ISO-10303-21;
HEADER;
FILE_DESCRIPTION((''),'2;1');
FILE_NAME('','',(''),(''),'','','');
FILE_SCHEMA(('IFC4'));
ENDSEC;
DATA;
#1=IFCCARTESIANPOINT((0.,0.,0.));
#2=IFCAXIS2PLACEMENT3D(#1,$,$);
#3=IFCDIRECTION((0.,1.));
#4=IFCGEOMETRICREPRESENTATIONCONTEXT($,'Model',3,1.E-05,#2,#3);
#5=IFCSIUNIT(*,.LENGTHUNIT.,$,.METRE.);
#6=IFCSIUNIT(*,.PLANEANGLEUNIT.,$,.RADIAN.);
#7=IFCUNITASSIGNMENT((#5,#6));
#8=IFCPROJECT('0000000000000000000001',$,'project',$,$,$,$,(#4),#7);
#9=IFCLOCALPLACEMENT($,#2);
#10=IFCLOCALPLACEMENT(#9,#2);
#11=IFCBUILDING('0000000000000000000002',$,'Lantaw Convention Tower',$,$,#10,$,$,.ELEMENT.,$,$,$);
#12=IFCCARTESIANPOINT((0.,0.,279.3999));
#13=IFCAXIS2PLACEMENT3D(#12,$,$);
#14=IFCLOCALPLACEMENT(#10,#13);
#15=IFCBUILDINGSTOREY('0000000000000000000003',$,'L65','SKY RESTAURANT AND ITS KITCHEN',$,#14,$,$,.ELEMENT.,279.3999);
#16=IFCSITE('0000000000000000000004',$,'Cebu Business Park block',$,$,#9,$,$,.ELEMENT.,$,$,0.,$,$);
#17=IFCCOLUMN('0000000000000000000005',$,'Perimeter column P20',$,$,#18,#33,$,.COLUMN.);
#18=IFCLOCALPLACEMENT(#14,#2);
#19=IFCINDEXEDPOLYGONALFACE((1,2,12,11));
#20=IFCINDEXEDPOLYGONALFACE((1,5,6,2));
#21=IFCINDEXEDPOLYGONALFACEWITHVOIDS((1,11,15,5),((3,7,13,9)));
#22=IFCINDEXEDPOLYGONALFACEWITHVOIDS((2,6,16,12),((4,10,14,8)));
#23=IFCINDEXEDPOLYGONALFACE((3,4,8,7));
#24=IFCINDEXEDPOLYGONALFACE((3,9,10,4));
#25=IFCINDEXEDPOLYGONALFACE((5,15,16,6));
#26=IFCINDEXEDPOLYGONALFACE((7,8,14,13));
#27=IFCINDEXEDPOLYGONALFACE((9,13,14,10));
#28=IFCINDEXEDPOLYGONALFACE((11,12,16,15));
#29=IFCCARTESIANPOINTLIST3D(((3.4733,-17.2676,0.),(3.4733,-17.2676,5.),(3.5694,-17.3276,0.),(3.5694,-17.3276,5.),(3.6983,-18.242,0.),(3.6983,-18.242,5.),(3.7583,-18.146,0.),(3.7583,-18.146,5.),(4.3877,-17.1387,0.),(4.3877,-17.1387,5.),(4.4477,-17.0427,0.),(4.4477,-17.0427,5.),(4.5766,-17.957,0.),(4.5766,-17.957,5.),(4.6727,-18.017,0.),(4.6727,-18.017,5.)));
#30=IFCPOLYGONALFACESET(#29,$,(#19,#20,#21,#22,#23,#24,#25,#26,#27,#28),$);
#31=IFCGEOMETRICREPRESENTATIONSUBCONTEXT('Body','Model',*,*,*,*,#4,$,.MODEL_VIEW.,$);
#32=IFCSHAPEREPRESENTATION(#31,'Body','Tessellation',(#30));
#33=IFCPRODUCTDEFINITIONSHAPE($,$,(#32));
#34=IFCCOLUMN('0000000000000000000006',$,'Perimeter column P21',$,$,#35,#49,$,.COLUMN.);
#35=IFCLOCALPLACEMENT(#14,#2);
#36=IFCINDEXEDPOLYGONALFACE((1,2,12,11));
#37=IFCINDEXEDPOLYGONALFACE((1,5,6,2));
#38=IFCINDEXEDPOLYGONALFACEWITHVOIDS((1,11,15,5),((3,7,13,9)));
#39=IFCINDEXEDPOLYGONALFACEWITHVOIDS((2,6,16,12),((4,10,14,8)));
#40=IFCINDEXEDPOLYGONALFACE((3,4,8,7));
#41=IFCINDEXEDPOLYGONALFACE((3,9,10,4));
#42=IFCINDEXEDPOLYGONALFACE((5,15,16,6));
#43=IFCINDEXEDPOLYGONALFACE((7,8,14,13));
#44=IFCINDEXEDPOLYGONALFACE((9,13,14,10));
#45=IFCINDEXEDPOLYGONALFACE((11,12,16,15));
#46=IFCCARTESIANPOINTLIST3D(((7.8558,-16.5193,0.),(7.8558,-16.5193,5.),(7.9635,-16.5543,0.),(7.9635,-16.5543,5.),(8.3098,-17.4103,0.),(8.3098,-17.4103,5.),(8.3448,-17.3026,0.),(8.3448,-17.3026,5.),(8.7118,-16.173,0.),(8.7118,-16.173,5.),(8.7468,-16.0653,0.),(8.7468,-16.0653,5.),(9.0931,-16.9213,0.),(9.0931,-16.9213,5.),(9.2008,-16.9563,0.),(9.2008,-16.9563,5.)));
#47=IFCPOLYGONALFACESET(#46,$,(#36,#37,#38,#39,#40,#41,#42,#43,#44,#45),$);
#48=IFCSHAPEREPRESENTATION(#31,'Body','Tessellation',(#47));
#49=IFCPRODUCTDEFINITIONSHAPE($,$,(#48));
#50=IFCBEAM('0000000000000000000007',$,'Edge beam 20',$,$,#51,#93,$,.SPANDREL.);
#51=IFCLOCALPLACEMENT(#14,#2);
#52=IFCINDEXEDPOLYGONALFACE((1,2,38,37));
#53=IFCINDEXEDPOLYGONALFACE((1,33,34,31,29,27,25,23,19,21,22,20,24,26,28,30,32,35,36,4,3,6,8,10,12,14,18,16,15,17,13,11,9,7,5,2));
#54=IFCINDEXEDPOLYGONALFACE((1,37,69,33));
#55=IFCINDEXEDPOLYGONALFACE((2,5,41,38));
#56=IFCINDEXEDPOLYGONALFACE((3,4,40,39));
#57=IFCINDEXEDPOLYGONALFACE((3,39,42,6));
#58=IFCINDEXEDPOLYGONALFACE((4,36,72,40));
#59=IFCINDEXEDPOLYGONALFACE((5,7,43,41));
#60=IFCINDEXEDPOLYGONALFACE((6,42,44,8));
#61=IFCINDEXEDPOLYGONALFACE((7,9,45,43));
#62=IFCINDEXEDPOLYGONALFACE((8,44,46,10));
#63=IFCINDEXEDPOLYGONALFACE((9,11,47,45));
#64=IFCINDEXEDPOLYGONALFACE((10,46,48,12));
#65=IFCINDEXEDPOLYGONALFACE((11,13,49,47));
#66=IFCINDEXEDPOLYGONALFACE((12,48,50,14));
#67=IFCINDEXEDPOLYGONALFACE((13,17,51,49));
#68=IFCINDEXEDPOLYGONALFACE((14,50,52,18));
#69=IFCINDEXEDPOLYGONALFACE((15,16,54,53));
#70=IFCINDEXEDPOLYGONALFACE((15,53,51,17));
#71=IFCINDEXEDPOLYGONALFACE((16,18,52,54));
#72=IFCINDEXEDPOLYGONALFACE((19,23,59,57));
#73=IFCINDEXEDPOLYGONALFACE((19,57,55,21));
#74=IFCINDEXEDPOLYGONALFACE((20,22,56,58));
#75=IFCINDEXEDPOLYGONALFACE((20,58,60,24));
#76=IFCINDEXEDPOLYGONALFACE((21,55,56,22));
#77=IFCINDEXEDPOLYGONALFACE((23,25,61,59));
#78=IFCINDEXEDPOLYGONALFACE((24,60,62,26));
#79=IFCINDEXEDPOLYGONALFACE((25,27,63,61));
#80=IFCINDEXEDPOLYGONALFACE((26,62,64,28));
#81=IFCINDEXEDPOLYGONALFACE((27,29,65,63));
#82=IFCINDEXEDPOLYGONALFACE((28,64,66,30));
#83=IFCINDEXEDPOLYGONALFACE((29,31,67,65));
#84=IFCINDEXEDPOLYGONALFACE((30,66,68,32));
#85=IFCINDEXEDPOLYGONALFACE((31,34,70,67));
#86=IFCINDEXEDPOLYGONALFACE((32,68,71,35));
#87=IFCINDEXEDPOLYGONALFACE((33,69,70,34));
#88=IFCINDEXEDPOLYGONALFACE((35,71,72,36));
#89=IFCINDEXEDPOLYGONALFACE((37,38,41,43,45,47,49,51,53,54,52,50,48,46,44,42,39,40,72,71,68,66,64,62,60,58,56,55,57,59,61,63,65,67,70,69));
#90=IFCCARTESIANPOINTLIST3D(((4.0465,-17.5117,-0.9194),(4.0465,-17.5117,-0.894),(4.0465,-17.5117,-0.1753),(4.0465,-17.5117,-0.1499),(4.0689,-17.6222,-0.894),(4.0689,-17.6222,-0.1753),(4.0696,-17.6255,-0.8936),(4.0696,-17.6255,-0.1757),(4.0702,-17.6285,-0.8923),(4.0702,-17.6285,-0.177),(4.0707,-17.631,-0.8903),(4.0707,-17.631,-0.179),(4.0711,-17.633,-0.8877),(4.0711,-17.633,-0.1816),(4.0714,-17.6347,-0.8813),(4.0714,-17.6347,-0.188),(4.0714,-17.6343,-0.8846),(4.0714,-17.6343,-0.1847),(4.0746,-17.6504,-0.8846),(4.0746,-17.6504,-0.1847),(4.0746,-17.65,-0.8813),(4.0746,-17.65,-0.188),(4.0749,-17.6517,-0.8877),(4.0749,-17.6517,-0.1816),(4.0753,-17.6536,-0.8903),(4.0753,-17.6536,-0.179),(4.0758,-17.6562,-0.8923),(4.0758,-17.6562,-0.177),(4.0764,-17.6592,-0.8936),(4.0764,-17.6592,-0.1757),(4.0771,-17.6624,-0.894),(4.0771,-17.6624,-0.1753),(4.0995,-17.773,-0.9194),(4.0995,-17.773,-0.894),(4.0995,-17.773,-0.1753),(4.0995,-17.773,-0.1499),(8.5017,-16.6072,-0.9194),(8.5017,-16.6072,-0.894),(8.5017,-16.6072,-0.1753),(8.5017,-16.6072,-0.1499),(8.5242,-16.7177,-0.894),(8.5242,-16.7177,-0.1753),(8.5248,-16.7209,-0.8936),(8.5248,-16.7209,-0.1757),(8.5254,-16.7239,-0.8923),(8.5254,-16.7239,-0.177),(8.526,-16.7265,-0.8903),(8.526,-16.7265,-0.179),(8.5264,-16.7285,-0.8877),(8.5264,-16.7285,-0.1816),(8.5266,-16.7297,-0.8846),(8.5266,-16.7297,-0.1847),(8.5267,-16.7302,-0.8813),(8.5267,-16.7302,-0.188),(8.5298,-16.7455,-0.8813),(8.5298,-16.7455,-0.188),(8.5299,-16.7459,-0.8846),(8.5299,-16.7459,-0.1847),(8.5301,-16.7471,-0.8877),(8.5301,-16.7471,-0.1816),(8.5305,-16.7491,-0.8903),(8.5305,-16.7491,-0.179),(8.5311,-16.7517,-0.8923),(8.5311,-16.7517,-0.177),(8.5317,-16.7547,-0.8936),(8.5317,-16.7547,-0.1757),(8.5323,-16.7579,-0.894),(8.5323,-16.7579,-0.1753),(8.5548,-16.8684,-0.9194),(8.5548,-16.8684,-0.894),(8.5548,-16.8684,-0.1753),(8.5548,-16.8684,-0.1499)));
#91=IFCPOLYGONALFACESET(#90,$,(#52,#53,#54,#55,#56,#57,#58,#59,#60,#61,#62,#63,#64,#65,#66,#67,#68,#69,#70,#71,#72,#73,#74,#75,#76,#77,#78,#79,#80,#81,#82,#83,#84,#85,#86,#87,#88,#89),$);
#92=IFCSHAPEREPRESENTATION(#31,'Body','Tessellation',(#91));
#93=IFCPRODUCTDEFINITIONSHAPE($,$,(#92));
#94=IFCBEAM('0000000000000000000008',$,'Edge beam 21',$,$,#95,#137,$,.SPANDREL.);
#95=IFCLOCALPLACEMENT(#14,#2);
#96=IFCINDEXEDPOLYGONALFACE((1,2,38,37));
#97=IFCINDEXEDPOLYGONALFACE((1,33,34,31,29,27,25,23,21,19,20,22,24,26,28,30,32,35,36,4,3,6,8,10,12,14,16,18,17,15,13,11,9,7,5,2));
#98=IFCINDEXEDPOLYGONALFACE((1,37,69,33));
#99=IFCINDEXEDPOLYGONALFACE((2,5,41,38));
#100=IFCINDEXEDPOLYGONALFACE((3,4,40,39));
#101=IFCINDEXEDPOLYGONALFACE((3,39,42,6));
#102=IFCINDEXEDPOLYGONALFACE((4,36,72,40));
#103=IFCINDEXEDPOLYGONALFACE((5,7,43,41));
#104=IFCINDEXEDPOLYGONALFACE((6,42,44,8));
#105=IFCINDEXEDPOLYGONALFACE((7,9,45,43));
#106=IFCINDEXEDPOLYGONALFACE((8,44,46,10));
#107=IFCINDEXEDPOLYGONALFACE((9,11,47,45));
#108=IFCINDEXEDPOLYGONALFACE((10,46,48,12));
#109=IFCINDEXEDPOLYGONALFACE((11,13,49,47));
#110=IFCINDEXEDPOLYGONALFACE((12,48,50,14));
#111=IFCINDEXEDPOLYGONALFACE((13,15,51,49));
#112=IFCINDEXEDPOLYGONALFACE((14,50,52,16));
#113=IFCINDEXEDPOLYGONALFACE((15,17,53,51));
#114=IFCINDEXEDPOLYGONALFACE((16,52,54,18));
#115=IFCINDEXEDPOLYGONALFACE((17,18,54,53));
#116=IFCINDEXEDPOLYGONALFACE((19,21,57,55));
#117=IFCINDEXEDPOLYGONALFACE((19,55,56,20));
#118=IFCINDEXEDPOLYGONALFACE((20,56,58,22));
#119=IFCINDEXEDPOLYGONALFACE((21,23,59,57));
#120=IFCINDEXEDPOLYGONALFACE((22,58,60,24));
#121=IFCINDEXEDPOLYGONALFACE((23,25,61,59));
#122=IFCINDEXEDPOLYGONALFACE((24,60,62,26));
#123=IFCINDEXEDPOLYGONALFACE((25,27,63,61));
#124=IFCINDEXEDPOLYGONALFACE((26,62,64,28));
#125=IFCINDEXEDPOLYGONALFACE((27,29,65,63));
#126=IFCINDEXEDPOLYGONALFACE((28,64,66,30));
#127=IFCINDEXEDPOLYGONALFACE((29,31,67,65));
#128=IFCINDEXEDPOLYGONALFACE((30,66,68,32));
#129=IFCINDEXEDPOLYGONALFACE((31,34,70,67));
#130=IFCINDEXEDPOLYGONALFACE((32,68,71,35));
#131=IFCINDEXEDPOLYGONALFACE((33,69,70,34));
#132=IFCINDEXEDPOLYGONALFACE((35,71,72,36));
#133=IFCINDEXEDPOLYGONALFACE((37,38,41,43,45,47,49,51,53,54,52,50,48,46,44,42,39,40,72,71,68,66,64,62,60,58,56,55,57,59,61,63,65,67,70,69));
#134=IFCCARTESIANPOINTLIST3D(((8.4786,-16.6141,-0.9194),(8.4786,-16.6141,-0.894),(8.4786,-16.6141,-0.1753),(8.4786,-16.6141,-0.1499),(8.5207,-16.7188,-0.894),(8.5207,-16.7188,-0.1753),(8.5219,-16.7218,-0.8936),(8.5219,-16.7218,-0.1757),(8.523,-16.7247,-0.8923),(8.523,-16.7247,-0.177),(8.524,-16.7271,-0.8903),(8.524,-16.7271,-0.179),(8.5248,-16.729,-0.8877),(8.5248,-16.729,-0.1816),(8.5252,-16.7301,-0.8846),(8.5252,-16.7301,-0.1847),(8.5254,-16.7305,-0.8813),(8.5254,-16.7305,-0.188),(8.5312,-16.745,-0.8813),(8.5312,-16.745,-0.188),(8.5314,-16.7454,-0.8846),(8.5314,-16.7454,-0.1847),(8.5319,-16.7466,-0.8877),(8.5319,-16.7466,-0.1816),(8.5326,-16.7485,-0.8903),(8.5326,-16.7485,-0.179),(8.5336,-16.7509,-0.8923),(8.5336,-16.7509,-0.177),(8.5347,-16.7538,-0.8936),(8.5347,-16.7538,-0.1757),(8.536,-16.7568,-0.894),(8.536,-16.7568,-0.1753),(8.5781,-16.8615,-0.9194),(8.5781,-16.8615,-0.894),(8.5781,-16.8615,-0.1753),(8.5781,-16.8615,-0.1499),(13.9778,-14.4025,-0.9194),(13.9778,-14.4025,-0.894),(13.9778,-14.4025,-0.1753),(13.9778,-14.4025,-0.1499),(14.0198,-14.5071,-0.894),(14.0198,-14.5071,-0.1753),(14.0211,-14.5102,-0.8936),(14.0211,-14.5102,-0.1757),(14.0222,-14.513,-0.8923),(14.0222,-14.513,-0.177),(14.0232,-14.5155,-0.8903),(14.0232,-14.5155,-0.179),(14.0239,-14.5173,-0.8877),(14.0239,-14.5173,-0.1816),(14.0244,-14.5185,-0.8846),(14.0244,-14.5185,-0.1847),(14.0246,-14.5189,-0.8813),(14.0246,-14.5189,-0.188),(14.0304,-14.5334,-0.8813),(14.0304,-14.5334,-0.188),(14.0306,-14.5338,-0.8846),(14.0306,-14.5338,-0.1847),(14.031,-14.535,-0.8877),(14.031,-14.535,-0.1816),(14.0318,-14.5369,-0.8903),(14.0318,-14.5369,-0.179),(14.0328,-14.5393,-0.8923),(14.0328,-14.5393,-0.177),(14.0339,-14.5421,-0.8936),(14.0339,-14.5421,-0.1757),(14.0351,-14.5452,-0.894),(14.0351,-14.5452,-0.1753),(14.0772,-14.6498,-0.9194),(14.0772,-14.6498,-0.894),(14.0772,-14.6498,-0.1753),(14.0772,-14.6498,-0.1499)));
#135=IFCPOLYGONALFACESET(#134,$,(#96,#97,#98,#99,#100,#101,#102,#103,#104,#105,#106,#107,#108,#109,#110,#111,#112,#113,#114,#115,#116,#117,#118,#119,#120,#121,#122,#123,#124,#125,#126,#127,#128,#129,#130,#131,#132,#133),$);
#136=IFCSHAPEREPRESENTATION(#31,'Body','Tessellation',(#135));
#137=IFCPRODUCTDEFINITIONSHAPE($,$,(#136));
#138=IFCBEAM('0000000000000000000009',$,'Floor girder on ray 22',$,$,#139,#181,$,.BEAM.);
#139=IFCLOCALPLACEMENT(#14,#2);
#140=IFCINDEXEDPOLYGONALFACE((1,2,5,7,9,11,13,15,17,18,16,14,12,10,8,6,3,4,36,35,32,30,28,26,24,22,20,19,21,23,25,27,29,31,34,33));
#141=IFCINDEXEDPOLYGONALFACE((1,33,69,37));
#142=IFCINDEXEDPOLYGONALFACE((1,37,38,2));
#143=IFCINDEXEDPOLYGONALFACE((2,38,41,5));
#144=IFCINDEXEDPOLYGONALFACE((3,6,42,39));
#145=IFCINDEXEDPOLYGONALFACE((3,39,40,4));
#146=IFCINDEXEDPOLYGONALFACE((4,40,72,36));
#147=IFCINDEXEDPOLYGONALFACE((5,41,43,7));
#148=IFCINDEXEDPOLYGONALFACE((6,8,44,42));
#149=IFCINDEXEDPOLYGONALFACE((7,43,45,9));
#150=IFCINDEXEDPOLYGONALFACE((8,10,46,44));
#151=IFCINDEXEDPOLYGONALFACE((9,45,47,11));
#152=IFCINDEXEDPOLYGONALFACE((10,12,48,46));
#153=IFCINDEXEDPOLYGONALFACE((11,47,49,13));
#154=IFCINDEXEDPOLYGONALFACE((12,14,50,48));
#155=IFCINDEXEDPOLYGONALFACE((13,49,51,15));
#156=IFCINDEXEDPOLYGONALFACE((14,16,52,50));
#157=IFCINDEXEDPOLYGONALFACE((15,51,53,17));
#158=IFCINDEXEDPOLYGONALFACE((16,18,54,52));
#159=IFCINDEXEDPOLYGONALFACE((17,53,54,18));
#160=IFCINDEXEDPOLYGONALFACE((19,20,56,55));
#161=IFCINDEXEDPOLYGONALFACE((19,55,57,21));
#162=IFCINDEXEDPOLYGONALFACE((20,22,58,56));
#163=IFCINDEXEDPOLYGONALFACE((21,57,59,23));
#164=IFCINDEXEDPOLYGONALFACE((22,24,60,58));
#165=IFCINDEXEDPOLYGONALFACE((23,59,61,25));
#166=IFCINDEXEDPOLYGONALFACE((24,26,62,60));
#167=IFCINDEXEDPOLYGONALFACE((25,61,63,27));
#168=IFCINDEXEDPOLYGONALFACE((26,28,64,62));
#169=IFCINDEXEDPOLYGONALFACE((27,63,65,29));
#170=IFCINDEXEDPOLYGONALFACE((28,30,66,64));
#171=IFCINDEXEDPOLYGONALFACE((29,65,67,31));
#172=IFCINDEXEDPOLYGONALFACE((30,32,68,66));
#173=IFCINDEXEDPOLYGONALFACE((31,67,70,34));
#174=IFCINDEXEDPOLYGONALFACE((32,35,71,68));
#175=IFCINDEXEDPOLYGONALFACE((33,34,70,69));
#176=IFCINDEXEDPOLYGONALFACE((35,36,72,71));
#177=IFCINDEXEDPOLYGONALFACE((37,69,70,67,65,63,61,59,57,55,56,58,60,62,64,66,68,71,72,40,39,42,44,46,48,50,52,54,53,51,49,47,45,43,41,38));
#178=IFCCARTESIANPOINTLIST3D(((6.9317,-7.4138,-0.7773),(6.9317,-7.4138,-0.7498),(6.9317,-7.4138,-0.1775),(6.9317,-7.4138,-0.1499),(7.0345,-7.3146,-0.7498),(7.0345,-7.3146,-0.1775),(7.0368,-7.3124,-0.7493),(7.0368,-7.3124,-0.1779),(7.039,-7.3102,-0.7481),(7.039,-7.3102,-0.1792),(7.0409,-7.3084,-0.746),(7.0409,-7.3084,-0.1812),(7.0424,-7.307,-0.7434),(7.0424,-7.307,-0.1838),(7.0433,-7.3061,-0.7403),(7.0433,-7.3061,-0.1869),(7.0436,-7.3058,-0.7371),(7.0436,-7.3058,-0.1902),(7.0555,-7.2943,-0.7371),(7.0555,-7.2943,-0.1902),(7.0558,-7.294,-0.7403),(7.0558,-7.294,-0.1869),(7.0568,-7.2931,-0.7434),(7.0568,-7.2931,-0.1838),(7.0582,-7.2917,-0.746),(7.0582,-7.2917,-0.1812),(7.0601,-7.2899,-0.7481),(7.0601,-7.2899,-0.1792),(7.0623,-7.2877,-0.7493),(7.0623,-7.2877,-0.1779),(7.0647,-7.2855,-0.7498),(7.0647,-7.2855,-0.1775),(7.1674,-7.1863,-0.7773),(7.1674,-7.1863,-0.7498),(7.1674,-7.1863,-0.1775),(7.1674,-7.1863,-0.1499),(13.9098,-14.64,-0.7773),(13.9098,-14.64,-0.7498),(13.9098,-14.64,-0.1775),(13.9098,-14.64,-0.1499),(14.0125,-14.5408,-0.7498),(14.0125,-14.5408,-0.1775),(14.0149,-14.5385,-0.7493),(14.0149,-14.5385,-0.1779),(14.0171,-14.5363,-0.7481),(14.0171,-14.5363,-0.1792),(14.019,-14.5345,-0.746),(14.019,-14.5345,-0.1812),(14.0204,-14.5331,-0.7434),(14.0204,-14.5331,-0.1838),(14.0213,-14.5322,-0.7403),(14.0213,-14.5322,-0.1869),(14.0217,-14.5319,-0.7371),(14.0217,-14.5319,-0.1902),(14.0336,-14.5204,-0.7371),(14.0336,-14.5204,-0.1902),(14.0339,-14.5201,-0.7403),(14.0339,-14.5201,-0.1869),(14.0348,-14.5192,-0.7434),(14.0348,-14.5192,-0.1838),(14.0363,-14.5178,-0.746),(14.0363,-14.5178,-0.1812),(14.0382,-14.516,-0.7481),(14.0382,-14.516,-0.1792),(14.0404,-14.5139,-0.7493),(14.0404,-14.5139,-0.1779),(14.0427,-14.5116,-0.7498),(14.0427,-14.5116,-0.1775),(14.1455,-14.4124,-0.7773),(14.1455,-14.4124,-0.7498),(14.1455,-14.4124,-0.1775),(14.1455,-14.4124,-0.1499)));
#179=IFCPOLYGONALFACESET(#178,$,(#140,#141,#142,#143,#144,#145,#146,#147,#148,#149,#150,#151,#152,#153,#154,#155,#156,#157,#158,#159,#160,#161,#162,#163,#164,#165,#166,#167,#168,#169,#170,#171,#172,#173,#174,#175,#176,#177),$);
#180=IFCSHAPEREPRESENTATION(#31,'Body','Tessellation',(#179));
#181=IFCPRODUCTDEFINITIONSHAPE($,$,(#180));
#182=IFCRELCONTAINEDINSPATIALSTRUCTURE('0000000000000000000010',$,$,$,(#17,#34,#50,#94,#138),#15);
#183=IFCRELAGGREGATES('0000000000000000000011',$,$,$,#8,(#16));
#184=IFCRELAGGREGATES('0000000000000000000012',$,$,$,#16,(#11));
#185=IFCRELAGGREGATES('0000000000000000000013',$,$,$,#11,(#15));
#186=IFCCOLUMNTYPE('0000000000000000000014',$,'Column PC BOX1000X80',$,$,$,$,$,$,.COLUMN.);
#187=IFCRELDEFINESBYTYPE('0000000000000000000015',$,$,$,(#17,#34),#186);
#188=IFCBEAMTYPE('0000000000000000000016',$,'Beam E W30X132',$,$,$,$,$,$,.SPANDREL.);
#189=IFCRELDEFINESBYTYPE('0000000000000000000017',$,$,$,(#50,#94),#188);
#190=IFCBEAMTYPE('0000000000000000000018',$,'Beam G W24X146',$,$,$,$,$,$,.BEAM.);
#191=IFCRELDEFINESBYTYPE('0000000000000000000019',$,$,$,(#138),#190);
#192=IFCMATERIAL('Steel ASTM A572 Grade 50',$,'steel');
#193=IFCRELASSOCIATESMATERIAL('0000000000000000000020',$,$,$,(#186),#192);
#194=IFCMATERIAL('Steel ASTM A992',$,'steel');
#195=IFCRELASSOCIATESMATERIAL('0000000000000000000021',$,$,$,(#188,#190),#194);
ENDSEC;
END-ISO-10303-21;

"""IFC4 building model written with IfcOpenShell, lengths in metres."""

from ifc_helpers import new_model, si_unit, direction, frame, origin, origin_2d, place, context, subcontext, project, spatial, rectangle, hollow_rectangle, i_section, extrude, material, material_profile, profile_set, type_object, element, save


model = new_model("IFC4")

# Units and contexts
model_context = context("Model", 3, precision=1e-05, world=origin(), true_north=direction((0.0, 1.0)))
body_context = subcontext(model_context, "Body", "Model", "MODEL_VIEW")
ifc_project = project(units=[si_unit("LENGTHUNIT", "METRE"), si_unit("PLANEANGLEUNIT", "RADIAN")], contexts=[model_context])

# Site, building, storey
site_placement = place(None, origin())
site = spatial("IfcSite", under=ifc_project, at=site_placement, Name="Cebu Business Park block", CompositionType="ELEMENT", RefElevation=0.0)
building_placement = place(site_placement, origin())
building = spatial("IfcBuilding", under=site, at=building_placement, Name="Lantaw Convention Tower", CompositionType="ELEMENT")
storey_placement = place(building_placement, frame((0.0, 0.0, 279.3999)))
storey = spatial("IfcBuildingStorey", under=building, at=storey_placement, Name="L65", Description="SKY RESTAURANT AND ITS KITCHEN", CompositionType="ELEMENT", Elevation=279.3999)

# Columns
ifc_material_1 = material(Name="Steel ASTM A572 Grade 50", Category="steel")
ifc_material_profile_1 = material_profile(ifc_material_1, hollow_rectangle(XDim=1.0, YDim=1.0, WallThickness=0.0801, at=origin_2d()), Name="BOX1000X80")
ifc_material_2 = material(Name="Concrete C60/75", Category="concrete")
ifc_material_profile_2 = material_profile(ifc_material_2, rectangle(XDim=0.8401, YDim=0.8401, at=origin_2d()), Name="Concrete fill of BOX1000X80")
ifc_profile_set_1 = profile_set([ifc_material_profile_1, ifc_material_profile_2], Name="Steel ASTM A572 Grade 50")
column_type = type_object("IfcColumnType", Name="Column PC BOX1000X80", PredefinedType="COLUMN", material=ifc_profile_set_1)
for number, where, z_axis, x_axis, name in (
    (1, (4.073, -17.6423, 0.0), (0.0, 0.0, 1.0), (0.97437, 0.224951, 0.0), "Perimeter column P20"),
    (2, (8.5283, -16.7378, 0.0), (0.0, 0.0, 1.0), (0.891007, 0.45399, 0.0), "Perimeter column P21"),
):
    element("IfcColumn", number, at=place(storey_placement, frame(where, z_axis=z_axis, x_axis=x_axis)), inside=storey, type_object=column_type, Name=name, PredefinedType="COLUMN", context=body_context, shape_type="SweptSolid", body=[
        extrude(hollow_rectangle(XDim=1.0, YDim=1.0, WallThickness=0.0801, at=origin_2d()), origin(), (0.0, 0.0, 1.0), 5.0),
    ])

# Beams
ifc_material_3 = material(Name="Steel ASTM A992", Category="steel")
ifc_material_profile_3 = material_profile(ifc_material_3, i_section(OverallWidth=0.2666, OverallDepth=0.7695, WebThickness=0.0156, FlangeThickness=0.0254, FilletRadius=0.0127, at=origin_2d()), Name="W30X132")
ifc_profile_set_2 = profile_set([ifc_material_profile_3], Name="Steel ASTM A992")
beam_type_1 = type_object("IfcBeamType", Name="Beam E W30X132", PredefinedType="SPANDREL", material=ifc_profile_set_2)
beam_1_placement = place(storey_placement, frame((4.073, -17.6423, -0.5347), z_axis=(0.980006, 0.198966, 0.0), x_axis=(-0.198966, 0.980006, 0.0)))
element("IfcBeam", 3, at=beam_1_placement, inside=storey, type_object=beam_type_1, Name="Edge beam 20", PredefinedType="SPANDREL", context=body_context, shape_type="SweptSolid", body=[
    extrude(i_section(OverallWidth=0.2666, OverallDepth=0.7695, WebThickness=0.0156, FlangeThickness=0.0254, FilletRadius=0.0127, at=origin_2d()), origin(), (0.0, 0.0, 1.0), 4.5461),
])
beam_2_placement = place(storey_placement, frame((8.5283, -16.7378, -0.5347), z_axis=(0.927779, 0.37313, 0.0), x_axis=(-0.37313, 0.927779, 0.0)))
element("IfcBeam", 4, at=beam_2_placement, inside=storey, type_object=beam_type_1, Name="Edge beam 21", PredefinedType="SPANDREL", context=body_context, shape_type="SweptSolid", body=[
    extrude(i_section(OverallWidth=0.2666, OverallDepth=0.7695, WebThickness=0.0156, FlangeThickness=0.0254, FilletRadius=0.0127, at=origin_2d()), origin(), (0.0, 0.0, 1.0), 5.9272),
])
ifc_material_profile_4 = material_profile(ifc_material_3, i_section(OverallWidth=0.3276, OverallDepth=0.6274, WebThickness=0.0166, FlangeThickness=0.0276, FilletRadius=0.0127, at=origin_2d()), Name="W24X146")
ifc_profile_set_3 = profile_set([ifc_material_profile_4], Name="Steel ASTM A992")
beam_type_2 = type_object("IfcBeamType", Name="Beam G W24X146", PredefinedType="BEAM", material=ifc_profile_set_3)
beam_3_placement = place(storey_placement, frame((7.0496, -7.3, -0.4636), z_axis=(0.694653, -0.719345, 0.0), x_axis=(0.719345, 0.694653, 0.0)))
element("IfcBeam", 5, at=beam_3_placement, inside=storey, type_object=beam_type_2, Name="Floor girder on ray 22", PredefinedType="BEAM", context=body_context, shape_type="SweptSolid", body=[
    extrude(i_section(OverallWidth=0.3276, OverallDepth=0.6274, WebThickness=0.0166, FlangeThickness=0.0276, FilletRadius=0.0127, at=origin_2d()), origin(), (0.0, 0.0, 1.0), 10.0454),
])

save(model, "model.ifc")
